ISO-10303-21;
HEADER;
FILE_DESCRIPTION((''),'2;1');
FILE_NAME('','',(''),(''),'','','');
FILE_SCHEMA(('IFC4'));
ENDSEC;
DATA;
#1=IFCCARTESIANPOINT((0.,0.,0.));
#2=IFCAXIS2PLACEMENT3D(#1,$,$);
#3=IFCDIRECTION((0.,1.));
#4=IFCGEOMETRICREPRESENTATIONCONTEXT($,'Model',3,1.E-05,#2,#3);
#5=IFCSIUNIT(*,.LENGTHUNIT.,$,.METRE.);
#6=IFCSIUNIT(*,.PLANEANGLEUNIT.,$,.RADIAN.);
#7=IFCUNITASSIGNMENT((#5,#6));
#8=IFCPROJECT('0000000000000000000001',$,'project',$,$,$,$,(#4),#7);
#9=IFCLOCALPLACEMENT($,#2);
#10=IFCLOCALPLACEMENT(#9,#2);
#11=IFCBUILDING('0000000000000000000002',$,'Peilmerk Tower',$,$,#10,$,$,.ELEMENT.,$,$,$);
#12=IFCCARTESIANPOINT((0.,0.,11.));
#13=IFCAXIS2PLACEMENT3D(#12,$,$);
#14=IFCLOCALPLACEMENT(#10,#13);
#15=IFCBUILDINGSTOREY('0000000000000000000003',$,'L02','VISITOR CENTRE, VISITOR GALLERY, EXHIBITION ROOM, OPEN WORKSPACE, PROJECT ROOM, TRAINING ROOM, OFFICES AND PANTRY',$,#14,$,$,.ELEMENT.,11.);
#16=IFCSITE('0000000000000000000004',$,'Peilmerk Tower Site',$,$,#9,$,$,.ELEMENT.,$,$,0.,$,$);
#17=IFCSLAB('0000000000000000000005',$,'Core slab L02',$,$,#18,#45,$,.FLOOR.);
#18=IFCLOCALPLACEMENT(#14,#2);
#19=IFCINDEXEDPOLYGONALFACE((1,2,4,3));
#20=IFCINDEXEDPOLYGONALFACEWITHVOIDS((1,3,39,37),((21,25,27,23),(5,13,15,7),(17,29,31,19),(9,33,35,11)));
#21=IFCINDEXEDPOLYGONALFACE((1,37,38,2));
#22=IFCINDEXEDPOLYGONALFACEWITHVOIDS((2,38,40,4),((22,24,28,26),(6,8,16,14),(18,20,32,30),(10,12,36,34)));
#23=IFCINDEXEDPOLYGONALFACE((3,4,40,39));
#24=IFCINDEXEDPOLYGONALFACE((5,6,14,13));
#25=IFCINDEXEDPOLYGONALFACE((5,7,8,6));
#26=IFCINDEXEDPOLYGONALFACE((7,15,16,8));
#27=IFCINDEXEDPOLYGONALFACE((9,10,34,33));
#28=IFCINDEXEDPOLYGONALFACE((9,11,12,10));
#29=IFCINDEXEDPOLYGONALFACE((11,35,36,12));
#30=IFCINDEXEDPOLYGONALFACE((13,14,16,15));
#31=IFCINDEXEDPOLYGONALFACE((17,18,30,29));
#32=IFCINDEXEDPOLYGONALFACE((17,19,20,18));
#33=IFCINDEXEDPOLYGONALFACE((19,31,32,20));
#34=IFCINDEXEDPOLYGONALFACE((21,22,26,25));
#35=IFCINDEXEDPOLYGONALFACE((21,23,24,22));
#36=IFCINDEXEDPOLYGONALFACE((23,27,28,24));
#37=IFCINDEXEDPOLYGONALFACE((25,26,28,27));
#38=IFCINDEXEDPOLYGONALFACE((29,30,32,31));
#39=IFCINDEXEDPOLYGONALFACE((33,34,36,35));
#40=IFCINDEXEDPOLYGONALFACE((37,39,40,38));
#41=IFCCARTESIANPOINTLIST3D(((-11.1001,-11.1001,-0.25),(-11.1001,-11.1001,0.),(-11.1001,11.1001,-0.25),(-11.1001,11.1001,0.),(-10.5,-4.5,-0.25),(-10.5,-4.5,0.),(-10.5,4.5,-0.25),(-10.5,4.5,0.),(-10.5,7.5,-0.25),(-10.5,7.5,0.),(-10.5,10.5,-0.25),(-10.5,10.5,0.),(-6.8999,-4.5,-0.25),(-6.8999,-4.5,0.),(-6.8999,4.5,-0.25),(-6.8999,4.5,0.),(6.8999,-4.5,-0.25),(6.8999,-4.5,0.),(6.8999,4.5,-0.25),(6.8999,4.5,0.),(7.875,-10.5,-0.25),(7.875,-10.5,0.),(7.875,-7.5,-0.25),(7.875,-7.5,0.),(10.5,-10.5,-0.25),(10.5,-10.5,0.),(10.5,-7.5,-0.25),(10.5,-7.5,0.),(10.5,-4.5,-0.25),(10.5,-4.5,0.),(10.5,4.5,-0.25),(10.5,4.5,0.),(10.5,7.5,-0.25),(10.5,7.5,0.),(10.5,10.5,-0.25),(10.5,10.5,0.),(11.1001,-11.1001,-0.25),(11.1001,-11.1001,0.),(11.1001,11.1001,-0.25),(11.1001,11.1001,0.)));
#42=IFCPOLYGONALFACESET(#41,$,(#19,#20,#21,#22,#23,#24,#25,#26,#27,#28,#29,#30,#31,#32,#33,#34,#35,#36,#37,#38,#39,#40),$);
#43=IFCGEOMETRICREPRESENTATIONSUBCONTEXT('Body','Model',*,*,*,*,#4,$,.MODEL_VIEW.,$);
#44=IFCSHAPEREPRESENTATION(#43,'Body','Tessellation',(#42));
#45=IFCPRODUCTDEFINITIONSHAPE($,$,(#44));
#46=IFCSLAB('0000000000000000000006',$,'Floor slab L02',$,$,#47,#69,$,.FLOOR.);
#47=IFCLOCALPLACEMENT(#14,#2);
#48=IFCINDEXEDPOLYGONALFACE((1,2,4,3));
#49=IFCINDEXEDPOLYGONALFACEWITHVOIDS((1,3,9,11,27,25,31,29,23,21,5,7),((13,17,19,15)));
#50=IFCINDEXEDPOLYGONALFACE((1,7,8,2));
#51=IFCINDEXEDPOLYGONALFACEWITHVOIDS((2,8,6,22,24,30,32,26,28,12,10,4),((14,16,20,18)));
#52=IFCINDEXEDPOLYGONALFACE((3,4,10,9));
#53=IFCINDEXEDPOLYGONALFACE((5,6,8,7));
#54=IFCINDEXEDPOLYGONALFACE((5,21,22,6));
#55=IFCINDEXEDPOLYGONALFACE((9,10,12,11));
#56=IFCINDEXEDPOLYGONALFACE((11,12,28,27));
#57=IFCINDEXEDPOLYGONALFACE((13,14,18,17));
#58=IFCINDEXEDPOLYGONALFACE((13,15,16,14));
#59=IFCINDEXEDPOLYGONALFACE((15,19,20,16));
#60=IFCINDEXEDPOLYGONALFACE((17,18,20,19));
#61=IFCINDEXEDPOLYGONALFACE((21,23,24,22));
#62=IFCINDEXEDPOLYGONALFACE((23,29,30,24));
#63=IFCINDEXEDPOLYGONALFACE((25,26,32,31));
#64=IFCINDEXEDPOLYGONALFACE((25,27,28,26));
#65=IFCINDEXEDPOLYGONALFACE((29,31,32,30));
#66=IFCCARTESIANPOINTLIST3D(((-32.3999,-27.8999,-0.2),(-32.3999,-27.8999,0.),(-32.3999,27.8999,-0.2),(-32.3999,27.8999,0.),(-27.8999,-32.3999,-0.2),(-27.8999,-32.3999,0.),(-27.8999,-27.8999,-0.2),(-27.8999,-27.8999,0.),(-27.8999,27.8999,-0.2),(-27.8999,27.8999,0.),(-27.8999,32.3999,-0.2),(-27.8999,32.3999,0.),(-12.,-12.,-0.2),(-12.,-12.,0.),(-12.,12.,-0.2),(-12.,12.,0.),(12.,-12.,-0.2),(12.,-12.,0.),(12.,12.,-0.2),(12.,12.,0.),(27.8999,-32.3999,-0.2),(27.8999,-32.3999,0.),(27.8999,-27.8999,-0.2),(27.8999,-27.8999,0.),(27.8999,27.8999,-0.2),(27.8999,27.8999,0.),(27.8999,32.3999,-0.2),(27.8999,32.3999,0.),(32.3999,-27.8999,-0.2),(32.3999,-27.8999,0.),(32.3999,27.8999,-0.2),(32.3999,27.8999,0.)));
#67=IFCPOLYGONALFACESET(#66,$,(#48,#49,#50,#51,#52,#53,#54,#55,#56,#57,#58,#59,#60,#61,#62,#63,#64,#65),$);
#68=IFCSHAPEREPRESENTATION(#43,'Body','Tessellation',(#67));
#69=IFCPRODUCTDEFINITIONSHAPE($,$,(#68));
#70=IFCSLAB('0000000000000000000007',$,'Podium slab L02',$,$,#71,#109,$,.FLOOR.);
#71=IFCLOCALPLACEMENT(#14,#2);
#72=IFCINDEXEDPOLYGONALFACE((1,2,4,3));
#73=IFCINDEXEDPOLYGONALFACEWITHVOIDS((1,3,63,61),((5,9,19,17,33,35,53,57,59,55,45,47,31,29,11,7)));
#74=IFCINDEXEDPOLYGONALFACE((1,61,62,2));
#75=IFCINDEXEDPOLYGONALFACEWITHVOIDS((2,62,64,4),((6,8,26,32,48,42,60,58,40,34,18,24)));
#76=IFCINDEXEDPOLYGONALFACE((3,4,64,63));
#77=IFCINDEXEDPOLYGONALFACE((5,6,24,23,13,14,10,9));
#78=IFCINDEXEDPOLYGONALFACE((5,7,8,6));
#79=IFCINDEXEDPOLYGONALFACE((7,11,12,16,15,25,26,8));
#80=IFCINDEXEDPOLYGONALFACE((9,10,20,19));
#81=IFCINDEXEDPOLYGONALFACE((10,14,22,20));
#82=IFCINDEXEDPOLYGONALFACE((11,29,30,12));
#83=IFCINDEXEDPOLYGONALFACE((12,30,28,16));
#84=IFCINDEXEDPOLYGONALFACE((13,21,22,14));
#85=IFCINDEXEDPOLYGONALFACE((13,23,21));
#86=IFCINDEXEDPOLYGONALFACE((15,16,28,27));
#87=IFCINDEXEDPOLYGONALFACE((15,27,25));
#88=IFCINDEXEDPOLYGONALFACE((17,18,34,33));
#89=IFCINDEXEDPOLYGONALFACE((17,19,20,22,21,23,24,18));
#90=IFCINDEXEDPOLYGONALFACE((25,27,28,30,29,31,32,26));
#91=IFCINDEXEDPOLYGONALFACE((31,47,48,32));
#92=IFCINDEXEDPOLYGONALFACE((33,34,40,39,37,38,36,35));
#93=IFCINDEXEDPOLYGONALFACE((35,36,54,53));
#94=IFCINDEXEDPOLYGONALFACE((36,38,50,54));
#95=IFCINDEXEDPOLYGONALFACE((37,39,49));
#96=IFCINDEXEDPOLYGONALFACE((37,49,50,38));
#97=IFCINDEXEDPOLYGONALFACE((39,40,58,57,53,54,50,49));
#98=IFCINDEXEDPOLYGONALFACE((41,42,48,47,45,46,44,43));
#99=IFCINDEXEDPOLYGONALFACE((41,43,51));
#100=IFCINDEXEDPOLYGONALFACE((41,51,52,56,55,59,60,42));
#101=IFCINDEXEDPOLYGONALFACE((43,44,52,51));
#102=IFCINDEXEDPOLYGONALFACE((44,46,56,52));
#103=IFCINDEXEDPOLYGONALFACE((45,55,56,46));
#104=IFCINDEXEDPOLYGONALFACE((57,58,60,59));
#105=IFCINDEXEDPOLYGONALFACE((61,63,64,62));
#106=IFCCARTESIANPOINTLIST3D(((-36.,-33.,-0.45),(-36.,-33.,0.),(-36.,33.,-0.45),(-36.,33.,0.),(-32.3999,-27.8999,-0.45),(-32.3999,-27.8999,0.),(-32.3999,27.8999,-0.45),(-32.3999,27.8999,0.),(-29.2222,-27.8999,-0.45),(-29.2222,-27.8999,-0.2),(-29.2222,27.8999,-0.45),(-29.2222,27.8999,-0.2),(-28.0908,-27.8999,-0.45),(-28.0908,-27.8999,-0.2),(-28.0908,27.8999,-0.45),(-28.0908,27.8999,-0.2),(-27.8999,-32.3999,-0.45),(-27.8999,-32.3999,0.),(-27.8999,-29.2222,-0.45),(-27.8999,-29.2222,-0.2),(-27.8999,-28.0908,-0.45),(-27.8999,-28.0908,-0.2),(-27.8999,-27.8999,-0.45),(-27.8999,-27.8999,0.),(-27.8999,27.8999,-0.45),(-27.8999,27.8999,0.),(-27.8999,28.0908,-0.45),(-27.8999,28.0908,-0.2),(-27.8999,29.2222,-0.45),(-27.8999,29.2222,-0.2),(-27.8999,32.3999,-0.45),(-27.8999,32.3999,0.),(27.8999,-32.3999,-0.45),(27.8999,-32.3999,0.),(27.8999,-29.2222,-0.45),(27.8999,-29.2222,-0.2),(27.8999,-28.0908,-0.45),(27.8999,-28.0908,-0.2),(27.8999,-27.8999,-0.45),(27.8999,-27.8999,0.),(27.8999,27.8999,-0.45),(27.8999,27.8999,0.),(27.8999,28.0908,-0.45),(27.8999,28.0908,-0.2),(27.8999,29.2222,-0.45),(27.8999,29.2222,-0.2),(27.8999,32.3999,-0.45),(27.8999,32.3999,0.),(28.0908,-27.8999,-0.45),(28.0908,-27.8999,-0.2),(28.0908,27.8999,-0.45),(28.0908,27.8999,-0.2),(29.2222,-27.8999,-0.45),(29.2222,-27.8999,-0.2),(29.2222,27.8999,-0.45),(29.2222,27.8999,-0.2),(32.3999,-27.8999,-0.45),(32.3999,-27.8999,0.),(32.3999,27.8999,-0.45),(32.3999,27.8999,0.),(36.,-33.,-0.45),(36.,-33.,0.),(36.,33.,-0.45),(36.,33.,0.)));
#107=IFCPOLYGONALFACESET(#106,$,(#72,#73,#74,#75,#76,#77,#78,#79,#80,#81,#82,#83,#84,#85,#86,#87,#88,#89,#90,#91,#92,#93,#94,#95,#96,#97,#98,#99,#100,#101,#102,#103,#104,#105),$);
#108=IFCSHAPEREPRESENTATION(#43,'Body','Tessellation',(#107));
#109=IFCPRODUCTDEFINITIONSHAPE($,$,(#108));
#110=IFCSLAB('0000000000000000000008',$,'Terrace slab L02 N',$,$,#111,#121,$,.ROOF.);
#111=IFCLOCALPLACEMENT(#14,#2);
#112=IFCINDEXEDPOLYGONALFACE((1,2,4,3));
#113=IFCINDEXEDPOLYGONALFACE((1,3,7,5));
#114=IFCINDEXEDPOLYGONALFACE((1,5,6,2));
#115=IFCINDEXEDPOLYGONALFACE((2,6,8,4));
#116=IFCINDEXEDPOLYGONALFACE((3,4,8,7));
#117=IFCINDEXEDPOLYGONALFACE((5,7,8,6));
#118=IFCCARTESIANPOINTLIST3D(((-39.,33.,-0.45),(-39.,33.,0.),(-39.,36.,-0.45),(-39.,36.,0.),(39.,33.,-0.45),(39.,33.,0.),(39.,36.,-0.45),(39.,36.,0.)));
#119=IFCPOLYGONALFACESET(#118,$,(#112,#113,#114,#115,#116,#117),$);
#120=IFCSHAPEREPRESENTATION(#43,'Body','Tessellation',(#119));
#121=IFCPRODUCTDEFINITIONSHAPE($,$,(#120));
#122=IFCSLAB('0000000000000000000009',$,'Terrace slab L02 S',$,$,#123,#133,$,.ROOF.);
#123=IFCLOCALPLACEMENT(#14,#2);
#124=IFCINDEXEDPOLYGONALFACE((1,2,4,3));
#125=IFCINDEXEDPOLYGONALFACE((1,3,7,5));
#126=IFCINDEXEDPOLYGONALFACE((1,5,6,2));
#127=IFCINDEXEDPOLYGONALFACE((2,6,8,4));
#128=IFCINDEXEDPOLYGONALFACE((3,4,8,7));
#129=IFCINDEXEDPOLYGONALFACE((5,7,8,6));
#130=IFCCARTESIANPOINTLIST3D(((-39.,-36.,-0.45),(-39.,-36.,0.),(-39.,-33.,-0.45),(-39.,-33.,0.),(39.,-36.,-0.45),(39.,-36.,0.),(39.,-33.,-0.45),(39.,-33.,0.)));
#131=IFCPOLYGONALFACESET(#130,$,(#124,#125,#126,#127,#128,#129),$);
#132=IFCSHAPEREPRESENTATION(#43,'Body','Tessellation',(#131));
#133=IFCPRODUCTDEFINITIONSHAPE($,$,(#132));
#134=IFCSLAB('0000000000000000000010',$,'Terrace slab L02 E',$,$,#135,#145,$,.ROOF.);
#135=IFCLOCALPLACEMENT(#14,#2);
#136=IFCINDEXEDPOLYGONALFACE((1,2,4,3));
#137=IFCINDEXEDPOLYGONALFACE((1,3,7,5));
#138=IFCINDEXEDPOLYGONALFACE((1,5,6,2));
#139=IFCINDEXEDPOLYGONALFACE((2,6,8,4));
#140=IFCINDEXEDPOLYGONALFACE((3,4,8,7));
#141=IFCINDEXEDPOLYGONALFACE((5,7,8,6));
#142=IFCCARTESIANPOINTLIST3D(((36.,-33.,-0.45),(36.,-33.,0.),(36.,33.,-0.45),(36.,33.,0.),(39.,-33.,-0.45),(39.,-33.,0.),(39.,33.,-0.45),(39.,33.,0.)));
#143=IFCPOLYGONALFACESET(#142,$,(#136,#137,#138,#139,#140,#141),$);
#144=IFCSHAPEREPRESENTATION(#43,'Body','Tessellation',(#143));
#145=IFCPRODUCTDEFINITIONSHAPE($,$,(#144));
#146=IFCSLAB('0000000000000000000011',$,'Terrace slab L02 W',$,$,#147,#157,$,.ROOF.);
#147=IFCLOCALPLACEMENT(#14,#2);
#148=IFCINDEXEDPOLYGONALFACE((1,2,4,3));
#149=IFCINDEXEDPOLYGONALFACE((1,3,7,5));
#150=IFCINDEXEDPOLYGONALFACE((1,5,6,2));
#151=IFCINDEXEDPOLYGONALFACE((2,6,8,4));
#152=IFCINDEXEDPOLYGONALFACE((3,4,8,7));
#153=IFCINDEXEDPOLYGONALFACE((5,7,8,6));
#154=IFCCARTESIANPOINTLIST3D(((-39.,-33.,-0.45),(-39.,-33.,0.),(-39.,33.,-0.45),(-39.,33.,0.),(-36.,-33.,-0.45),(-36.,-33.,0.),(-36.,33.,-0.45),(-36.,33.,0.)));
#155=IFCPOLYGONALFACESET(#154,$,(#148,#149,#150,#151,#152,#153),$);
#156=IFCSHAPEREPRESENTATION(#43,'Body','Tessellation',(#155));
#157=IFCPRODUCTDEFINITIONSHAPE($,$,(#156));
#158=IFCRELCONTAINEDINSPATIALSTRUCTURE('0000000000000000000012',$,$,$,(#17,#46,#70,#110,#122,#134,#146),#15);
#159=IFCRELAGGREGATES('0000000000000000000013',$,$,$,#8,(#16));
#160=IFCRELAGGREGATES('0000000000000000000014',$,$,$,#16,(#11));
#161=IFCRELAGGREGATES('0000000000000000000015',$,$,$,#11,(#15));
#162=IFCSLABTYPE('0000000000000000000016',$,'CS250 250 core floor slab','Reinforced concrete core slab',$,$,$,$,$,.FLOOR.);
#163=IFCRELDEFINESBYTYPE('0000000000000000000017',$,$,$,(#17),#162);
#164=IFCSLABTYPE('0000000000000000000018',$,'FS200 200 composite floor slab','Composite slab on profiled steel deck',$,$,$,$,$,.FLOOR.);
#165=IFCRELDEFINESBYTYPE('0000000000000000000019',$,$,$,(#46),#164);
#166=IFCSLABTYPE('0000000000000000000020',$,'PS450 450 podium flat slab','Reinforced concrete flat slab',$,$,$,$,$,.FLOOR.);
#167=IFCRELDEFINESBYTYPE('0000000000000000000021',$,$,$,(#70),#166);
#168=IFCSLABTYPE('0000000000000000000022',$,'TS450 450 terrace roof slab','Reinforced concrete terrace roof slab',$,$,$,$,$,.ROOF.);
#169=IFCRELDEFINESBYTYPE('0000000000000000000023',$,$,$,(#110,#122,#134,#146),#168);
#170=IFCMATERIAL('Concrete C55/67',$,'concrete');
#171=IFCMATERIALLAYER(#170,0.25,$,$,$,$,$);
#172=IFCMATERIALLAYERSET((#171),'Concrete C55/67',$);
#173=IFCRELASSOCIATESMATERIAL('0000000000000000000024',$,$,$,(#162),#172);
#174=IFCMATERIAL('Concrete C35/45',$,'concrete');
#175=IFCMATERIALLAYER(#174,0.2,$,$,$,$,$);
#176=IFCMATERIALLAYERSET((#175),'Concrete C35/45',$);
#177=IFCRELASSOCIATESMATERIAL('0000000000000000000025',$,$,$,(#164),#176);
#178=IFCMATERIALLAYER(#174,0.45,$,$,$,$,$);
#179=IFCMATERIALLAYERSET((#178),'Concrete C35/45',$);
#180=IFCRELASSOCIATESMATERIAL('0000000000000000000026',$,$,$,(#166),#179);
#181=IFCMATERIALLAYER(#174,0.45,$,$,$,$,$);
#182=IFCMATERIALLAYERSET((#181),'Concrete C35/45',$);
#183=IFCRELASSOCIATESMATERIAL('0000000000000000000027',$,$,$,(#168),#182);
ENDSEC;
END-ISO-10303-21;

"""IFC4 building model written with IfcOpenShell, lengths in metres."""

from ifc_helpers import new_model, si_unit, direction, frame, origin, place, context, subcontext, project, spatial, polyline, outline, extrude, boolean, material, layer, layer_set, type_object, element, save


model = new_model("IFC4")

# Units and contexts
model_context = context("Model", 3, precision=1e-05, world=origin(), true_north=direction((0.0, 1.0)))
body_context = subcontext(model_context, "Body", "Model", "MODEL_VIEW")
ifc_project = project(units=[si_unit("LENGTHUNIT", "METRE"), si_unit("PLANEANGLEUNIT", "RADIAN")], contexts=[model_context])

# Site, building, storey
site_placement = place(None, origin())
site = spatial("IfcSite", under=ifc_project, at=site_placement, Name="Peilmerk Tower Site", CompositionType="ELEMENT", RefElevation=0.0)
building_placement = place(site_placement, origin())
building = spatial("IfcBuilding", under=site, at=building_placement, Name="Peilmerk Tower", CompositionType="ELEMENT")
storey_placement = place(building_placement, frame((0.0, 0.0, 11.0)))
storey = spatial("IfcBuildingStorey", under=building, at=storey_placement, Name="L02", Description="VISITOR CENTRE, VISITOR GALLERY, EXHIBITION ROOM, OPEN WORKSPACE, PROJECT ROOM, TRAINING ROOM, OFFICES AND PANTRY", CompositionType="ELEMENT", Elevation=11.0)

# Slabs
ifc_material_1 = material(Name="Concrete C55/67", Category="concrete")
ifc_layer_1 = layer(ifc_material_1, 0.25)
ifc_layer_set_1 = layer_set([ifc_layer_1], Name="Concrete C55/67")
slab_type_1 = type_object("IfcSlabType", Name="CS250 250 core floor slab", Description="Reinforced concrete core slab", PredefinedType="FLOOR", material=ifc_layer_set_1)
slab_1_placement = place(storey_placement, frame((0.0, 0.0, -0.25)))
element("IfcSlab", 1, at=slab_1_placement, inside=storey, type_object=slab_type_1, Name="Core slab L02", PredefinedType="FLOOR", context=body_context, shape_type="SweptSolid", body=[
    extrude(outline(polyline([(-11.1001, 11.1001), (-11.1001, -11.1001), (11.1001, -11.1001), (11.1001, 11.1001), (-11.1001, 11.1001)]), holes=[polyline([(10.5, 7.5), (-10.5, 7.5), (-10.5, 10.5), (10.5, 10.5), (10.5, 7.5)]), polyline([(7.875, -10.5), (7.875, -7.5), (10.5, -7.5), (10.5, -10.5), (7.875, -10.5)]), polyline([(-10.5, 4.5), (-6.8999, 4.5), (-6.8999, -4.5), (-10.5, -4.5), (-10.5, 4.5)]), polyline([(10.5, 4.5), (10.5, -4.5), (6.8999, -4.5), (6.8999, 4.5), (10.5, 4.5)])]), origin(), (0.0, 0.0, 1.0), 0.25),
])
ifc_material_2 = material(Name="Concrete C35/45", Category="concrete")
ifc_layer_2 = layer(ifc_material_2, 0.2)
ifc_layer_set_2 = layer_set([ifc_layer_2], Name="Concrete C35/45")
slab_type_2 = type_object("IfcSlabType", Name="FS200 200 composite floor slab", Description="Composite slab on profiled steel deck", PredefinedType="FLOOR", material=ifc_layer_set_2)
slab_2_placement = place(storey_placement, frame((0.0, 0.0, -0.2)))
element("IfcSlab", 2, at=slab_2_placement, inside=storey, type_object=slab_type_2, Name="Floor slab L02", PredefinedType="FLOOR", context=body_context, shape_type="SweptSolid", body=[
    extrude(outline(polyline([(-27.8999, -32.3999), (27.8999, -32.3999), (27.8999, -27.8999), (32.3999, -27.8999), (32.3999, 27.8999), (27.8999, 27.8999), (27.8999, 32.3999), (-27.8999, 32.3999), (-27.8999, 27.8999), (-32.3999, 27.8999), (-32.3999, -27.8999), (-27.8999, -27.8999), (-27.8999, -32.3999)]), holes=[polyline([(12.0, 12.0), (12.0, -12.0), (-12.0, -12.0), (-12.0, 12.0), (12.0, 12.0)])]), origin(), (0.0, 0.0, 1.0), 0.2),
])
ifc_layer_3 = layer(ifc_material_2, 0.45)
ifc_layer_set_3 = layer_set([ifc_layer_3], Name="Concrete C35/45")
slab_type_3 = type_object("IfcSlabType", Name="PS450 450 podium flat slab", Description="Reinforced concrete flat slab", PredefinedType="FLOOR", material=ifc_layer_set_3)
slab_3_placement = place(storey_placement, frame((0.0, 0.0, -0.45)))
element("IfcSlab", 3, at=slab_3_placement, inside=storey, type_object=slab_type_3, Name="Podium slab L02", PredefinedType="FLOOR", context=body_context, shape_type="CSG", body=[
    boolean("DIFFERENCE", boolean("DIFFERENCE", boolean("DIFFERENCE", boolean("DIFFERENCE", extrude(outline(polyline([(-36.0, 33.0), (-36.0, -33.0), (36.0, -33.0), (36.0, 33.0), (-36.0, 33.0)]), holes=[polyline([(27.8999, -27.8999), (27.8999, -32.3999), (-27.8999, -32.3999), (-27.8999, -27.8999), (-32.3999, -27.8999), (-32.3999, 27.8999), (-27.8999, 27.8999), (-27.8999, 32.3999), (27.8999, 32.3999), (27.8999, 27.8999), (32.3999, 27.8999), (32.3999, -27.8999), (27.8999, -27.8999)])]), origin(), (0.0, 0.0, 1.0), 0.45), extrude(outline(polyline([(28.0908, 27.8999), (27.8999, 28.0908), (27.8999, 29.2222), (29.2222, 27.8999), (28.0908, 27.8999)])), frame((0.0, 0.0, -0.01)), (0.0, 0.0, 1.0), 0.26)), extrude(outline(polyline([(29.2222, -27.8999), (27.8999, -29.2222), (27.8999, -28.0908), (28.0908, -27.8999), (29.2222, -27.8999)])), frame((0.0, 0.0, -0.01)), (0.0, 0.0, 1.0), 0.26)), extrude(outline(polyline([(-28.0908, -27.8999), (-27.8999, -28.0908), (-27.8999, -29.2222), (-29.2222, -27.8999), (-28.0908, -27.8999)])), frame((0.0, 0.0, -0.01)), (0.0, 0.0, 1.0), 0.26)), extrude(outline(polyline([(-27.8999, 28.0908), (-28.0908, 27.8999), (-29.2222, 27.8999), (-27.8999, 29.2222), (-27.8999, 28.0908)])), frame((0.0, 0.0, -0.01)), (0.0, 0.0, 1.0), 0.26)),
])
ifc_layer_4 = layer(ifc_material_2, 0.45)
ifc_layer_set_4 = layer_set([ifc_layer_4], Name="Concrete C35/45")
slab_type_4 = type_object("IfcSlabType", Name="TS450 450 terrace roof slab", Description="Reinforced concrete terrace roof slab", PredefinedType="ROOF", material=ifc_layer_set_4)
slab_4_placement = place(storey_placement, frame((0.0, 0.0, -0.45)))
element("IfcSlab", 4, at=slab_4_placement, inside=storey, type_object=slab_type_4, Name="Terrace slab L02 N", PredefinedType="ROOF", context=body_context, shape_type="SweptSolid", body=[
    extrude(outline(polyline([(39.0, 36.0), (-39.0, 36.0), (-39.0, 33.0), (39.0, 33.0), (39.0, 36.0)])), origin(), (0.0, 0.0, 1.0), 0.45),
])
slab_5_placement = place(storey_placement, frame((0.0, 0.0, -0.45)))
element("IfcSlab", 5, at=slab_5_placement, inside=storey, type_object=slab_type_4, Name="Terrace slab L02 S", PredefinedType="ROOF", context=body_context, shape_type="SweptSolid", body=[
    extrude(outline(polyline([(39.0, -36.0), (39.0, -33.0), (-39.0, -33.0), (-39.0, -36.0), (39.0, -36.0)])), origin(), (0.0, 0.0, 1.0), 0.45),
])
slab_6_placement = place(storey_placement, frame((0.0, 0.0, -0.45)))
element("IfcSlab", 6, at=slab_6_placement, inside=storey, type_object=slab_type_4, Name="Terrace slab L02 E", PredefinedType="ROOF", context=body_context, shape_type="SweptSolid", body=[
    extrude(outline(polyline([(39.0, -33.0), (39.0, 33.0), (36.0, 33.0), (36.0, -33.0), (39.0, -33.0)])), origin(), (0.0, 0.0, 1.0), 0.45),
])
slab_7_placement = place(storey_placement, frame((0.0, 0.0, -0.45)))
element("IfcSlab", 7, at=slab_7_placement, inside=storey, type_object=slab_type_4, Name="Terrace slab L02 W", PredefinedType="ROOF", context=body_context, shape_type="SweptSolid", body=[
    extrude(outline(polyline([(-39.0, 33.0), (-39.0, -33.0), (-36.0, -33.0), (-36.0, 33.0), (-39.0, 33.0)])), origin(), (0.0, 0.0, 1.0), 0.45),
])

save(model, "model.ifc")
